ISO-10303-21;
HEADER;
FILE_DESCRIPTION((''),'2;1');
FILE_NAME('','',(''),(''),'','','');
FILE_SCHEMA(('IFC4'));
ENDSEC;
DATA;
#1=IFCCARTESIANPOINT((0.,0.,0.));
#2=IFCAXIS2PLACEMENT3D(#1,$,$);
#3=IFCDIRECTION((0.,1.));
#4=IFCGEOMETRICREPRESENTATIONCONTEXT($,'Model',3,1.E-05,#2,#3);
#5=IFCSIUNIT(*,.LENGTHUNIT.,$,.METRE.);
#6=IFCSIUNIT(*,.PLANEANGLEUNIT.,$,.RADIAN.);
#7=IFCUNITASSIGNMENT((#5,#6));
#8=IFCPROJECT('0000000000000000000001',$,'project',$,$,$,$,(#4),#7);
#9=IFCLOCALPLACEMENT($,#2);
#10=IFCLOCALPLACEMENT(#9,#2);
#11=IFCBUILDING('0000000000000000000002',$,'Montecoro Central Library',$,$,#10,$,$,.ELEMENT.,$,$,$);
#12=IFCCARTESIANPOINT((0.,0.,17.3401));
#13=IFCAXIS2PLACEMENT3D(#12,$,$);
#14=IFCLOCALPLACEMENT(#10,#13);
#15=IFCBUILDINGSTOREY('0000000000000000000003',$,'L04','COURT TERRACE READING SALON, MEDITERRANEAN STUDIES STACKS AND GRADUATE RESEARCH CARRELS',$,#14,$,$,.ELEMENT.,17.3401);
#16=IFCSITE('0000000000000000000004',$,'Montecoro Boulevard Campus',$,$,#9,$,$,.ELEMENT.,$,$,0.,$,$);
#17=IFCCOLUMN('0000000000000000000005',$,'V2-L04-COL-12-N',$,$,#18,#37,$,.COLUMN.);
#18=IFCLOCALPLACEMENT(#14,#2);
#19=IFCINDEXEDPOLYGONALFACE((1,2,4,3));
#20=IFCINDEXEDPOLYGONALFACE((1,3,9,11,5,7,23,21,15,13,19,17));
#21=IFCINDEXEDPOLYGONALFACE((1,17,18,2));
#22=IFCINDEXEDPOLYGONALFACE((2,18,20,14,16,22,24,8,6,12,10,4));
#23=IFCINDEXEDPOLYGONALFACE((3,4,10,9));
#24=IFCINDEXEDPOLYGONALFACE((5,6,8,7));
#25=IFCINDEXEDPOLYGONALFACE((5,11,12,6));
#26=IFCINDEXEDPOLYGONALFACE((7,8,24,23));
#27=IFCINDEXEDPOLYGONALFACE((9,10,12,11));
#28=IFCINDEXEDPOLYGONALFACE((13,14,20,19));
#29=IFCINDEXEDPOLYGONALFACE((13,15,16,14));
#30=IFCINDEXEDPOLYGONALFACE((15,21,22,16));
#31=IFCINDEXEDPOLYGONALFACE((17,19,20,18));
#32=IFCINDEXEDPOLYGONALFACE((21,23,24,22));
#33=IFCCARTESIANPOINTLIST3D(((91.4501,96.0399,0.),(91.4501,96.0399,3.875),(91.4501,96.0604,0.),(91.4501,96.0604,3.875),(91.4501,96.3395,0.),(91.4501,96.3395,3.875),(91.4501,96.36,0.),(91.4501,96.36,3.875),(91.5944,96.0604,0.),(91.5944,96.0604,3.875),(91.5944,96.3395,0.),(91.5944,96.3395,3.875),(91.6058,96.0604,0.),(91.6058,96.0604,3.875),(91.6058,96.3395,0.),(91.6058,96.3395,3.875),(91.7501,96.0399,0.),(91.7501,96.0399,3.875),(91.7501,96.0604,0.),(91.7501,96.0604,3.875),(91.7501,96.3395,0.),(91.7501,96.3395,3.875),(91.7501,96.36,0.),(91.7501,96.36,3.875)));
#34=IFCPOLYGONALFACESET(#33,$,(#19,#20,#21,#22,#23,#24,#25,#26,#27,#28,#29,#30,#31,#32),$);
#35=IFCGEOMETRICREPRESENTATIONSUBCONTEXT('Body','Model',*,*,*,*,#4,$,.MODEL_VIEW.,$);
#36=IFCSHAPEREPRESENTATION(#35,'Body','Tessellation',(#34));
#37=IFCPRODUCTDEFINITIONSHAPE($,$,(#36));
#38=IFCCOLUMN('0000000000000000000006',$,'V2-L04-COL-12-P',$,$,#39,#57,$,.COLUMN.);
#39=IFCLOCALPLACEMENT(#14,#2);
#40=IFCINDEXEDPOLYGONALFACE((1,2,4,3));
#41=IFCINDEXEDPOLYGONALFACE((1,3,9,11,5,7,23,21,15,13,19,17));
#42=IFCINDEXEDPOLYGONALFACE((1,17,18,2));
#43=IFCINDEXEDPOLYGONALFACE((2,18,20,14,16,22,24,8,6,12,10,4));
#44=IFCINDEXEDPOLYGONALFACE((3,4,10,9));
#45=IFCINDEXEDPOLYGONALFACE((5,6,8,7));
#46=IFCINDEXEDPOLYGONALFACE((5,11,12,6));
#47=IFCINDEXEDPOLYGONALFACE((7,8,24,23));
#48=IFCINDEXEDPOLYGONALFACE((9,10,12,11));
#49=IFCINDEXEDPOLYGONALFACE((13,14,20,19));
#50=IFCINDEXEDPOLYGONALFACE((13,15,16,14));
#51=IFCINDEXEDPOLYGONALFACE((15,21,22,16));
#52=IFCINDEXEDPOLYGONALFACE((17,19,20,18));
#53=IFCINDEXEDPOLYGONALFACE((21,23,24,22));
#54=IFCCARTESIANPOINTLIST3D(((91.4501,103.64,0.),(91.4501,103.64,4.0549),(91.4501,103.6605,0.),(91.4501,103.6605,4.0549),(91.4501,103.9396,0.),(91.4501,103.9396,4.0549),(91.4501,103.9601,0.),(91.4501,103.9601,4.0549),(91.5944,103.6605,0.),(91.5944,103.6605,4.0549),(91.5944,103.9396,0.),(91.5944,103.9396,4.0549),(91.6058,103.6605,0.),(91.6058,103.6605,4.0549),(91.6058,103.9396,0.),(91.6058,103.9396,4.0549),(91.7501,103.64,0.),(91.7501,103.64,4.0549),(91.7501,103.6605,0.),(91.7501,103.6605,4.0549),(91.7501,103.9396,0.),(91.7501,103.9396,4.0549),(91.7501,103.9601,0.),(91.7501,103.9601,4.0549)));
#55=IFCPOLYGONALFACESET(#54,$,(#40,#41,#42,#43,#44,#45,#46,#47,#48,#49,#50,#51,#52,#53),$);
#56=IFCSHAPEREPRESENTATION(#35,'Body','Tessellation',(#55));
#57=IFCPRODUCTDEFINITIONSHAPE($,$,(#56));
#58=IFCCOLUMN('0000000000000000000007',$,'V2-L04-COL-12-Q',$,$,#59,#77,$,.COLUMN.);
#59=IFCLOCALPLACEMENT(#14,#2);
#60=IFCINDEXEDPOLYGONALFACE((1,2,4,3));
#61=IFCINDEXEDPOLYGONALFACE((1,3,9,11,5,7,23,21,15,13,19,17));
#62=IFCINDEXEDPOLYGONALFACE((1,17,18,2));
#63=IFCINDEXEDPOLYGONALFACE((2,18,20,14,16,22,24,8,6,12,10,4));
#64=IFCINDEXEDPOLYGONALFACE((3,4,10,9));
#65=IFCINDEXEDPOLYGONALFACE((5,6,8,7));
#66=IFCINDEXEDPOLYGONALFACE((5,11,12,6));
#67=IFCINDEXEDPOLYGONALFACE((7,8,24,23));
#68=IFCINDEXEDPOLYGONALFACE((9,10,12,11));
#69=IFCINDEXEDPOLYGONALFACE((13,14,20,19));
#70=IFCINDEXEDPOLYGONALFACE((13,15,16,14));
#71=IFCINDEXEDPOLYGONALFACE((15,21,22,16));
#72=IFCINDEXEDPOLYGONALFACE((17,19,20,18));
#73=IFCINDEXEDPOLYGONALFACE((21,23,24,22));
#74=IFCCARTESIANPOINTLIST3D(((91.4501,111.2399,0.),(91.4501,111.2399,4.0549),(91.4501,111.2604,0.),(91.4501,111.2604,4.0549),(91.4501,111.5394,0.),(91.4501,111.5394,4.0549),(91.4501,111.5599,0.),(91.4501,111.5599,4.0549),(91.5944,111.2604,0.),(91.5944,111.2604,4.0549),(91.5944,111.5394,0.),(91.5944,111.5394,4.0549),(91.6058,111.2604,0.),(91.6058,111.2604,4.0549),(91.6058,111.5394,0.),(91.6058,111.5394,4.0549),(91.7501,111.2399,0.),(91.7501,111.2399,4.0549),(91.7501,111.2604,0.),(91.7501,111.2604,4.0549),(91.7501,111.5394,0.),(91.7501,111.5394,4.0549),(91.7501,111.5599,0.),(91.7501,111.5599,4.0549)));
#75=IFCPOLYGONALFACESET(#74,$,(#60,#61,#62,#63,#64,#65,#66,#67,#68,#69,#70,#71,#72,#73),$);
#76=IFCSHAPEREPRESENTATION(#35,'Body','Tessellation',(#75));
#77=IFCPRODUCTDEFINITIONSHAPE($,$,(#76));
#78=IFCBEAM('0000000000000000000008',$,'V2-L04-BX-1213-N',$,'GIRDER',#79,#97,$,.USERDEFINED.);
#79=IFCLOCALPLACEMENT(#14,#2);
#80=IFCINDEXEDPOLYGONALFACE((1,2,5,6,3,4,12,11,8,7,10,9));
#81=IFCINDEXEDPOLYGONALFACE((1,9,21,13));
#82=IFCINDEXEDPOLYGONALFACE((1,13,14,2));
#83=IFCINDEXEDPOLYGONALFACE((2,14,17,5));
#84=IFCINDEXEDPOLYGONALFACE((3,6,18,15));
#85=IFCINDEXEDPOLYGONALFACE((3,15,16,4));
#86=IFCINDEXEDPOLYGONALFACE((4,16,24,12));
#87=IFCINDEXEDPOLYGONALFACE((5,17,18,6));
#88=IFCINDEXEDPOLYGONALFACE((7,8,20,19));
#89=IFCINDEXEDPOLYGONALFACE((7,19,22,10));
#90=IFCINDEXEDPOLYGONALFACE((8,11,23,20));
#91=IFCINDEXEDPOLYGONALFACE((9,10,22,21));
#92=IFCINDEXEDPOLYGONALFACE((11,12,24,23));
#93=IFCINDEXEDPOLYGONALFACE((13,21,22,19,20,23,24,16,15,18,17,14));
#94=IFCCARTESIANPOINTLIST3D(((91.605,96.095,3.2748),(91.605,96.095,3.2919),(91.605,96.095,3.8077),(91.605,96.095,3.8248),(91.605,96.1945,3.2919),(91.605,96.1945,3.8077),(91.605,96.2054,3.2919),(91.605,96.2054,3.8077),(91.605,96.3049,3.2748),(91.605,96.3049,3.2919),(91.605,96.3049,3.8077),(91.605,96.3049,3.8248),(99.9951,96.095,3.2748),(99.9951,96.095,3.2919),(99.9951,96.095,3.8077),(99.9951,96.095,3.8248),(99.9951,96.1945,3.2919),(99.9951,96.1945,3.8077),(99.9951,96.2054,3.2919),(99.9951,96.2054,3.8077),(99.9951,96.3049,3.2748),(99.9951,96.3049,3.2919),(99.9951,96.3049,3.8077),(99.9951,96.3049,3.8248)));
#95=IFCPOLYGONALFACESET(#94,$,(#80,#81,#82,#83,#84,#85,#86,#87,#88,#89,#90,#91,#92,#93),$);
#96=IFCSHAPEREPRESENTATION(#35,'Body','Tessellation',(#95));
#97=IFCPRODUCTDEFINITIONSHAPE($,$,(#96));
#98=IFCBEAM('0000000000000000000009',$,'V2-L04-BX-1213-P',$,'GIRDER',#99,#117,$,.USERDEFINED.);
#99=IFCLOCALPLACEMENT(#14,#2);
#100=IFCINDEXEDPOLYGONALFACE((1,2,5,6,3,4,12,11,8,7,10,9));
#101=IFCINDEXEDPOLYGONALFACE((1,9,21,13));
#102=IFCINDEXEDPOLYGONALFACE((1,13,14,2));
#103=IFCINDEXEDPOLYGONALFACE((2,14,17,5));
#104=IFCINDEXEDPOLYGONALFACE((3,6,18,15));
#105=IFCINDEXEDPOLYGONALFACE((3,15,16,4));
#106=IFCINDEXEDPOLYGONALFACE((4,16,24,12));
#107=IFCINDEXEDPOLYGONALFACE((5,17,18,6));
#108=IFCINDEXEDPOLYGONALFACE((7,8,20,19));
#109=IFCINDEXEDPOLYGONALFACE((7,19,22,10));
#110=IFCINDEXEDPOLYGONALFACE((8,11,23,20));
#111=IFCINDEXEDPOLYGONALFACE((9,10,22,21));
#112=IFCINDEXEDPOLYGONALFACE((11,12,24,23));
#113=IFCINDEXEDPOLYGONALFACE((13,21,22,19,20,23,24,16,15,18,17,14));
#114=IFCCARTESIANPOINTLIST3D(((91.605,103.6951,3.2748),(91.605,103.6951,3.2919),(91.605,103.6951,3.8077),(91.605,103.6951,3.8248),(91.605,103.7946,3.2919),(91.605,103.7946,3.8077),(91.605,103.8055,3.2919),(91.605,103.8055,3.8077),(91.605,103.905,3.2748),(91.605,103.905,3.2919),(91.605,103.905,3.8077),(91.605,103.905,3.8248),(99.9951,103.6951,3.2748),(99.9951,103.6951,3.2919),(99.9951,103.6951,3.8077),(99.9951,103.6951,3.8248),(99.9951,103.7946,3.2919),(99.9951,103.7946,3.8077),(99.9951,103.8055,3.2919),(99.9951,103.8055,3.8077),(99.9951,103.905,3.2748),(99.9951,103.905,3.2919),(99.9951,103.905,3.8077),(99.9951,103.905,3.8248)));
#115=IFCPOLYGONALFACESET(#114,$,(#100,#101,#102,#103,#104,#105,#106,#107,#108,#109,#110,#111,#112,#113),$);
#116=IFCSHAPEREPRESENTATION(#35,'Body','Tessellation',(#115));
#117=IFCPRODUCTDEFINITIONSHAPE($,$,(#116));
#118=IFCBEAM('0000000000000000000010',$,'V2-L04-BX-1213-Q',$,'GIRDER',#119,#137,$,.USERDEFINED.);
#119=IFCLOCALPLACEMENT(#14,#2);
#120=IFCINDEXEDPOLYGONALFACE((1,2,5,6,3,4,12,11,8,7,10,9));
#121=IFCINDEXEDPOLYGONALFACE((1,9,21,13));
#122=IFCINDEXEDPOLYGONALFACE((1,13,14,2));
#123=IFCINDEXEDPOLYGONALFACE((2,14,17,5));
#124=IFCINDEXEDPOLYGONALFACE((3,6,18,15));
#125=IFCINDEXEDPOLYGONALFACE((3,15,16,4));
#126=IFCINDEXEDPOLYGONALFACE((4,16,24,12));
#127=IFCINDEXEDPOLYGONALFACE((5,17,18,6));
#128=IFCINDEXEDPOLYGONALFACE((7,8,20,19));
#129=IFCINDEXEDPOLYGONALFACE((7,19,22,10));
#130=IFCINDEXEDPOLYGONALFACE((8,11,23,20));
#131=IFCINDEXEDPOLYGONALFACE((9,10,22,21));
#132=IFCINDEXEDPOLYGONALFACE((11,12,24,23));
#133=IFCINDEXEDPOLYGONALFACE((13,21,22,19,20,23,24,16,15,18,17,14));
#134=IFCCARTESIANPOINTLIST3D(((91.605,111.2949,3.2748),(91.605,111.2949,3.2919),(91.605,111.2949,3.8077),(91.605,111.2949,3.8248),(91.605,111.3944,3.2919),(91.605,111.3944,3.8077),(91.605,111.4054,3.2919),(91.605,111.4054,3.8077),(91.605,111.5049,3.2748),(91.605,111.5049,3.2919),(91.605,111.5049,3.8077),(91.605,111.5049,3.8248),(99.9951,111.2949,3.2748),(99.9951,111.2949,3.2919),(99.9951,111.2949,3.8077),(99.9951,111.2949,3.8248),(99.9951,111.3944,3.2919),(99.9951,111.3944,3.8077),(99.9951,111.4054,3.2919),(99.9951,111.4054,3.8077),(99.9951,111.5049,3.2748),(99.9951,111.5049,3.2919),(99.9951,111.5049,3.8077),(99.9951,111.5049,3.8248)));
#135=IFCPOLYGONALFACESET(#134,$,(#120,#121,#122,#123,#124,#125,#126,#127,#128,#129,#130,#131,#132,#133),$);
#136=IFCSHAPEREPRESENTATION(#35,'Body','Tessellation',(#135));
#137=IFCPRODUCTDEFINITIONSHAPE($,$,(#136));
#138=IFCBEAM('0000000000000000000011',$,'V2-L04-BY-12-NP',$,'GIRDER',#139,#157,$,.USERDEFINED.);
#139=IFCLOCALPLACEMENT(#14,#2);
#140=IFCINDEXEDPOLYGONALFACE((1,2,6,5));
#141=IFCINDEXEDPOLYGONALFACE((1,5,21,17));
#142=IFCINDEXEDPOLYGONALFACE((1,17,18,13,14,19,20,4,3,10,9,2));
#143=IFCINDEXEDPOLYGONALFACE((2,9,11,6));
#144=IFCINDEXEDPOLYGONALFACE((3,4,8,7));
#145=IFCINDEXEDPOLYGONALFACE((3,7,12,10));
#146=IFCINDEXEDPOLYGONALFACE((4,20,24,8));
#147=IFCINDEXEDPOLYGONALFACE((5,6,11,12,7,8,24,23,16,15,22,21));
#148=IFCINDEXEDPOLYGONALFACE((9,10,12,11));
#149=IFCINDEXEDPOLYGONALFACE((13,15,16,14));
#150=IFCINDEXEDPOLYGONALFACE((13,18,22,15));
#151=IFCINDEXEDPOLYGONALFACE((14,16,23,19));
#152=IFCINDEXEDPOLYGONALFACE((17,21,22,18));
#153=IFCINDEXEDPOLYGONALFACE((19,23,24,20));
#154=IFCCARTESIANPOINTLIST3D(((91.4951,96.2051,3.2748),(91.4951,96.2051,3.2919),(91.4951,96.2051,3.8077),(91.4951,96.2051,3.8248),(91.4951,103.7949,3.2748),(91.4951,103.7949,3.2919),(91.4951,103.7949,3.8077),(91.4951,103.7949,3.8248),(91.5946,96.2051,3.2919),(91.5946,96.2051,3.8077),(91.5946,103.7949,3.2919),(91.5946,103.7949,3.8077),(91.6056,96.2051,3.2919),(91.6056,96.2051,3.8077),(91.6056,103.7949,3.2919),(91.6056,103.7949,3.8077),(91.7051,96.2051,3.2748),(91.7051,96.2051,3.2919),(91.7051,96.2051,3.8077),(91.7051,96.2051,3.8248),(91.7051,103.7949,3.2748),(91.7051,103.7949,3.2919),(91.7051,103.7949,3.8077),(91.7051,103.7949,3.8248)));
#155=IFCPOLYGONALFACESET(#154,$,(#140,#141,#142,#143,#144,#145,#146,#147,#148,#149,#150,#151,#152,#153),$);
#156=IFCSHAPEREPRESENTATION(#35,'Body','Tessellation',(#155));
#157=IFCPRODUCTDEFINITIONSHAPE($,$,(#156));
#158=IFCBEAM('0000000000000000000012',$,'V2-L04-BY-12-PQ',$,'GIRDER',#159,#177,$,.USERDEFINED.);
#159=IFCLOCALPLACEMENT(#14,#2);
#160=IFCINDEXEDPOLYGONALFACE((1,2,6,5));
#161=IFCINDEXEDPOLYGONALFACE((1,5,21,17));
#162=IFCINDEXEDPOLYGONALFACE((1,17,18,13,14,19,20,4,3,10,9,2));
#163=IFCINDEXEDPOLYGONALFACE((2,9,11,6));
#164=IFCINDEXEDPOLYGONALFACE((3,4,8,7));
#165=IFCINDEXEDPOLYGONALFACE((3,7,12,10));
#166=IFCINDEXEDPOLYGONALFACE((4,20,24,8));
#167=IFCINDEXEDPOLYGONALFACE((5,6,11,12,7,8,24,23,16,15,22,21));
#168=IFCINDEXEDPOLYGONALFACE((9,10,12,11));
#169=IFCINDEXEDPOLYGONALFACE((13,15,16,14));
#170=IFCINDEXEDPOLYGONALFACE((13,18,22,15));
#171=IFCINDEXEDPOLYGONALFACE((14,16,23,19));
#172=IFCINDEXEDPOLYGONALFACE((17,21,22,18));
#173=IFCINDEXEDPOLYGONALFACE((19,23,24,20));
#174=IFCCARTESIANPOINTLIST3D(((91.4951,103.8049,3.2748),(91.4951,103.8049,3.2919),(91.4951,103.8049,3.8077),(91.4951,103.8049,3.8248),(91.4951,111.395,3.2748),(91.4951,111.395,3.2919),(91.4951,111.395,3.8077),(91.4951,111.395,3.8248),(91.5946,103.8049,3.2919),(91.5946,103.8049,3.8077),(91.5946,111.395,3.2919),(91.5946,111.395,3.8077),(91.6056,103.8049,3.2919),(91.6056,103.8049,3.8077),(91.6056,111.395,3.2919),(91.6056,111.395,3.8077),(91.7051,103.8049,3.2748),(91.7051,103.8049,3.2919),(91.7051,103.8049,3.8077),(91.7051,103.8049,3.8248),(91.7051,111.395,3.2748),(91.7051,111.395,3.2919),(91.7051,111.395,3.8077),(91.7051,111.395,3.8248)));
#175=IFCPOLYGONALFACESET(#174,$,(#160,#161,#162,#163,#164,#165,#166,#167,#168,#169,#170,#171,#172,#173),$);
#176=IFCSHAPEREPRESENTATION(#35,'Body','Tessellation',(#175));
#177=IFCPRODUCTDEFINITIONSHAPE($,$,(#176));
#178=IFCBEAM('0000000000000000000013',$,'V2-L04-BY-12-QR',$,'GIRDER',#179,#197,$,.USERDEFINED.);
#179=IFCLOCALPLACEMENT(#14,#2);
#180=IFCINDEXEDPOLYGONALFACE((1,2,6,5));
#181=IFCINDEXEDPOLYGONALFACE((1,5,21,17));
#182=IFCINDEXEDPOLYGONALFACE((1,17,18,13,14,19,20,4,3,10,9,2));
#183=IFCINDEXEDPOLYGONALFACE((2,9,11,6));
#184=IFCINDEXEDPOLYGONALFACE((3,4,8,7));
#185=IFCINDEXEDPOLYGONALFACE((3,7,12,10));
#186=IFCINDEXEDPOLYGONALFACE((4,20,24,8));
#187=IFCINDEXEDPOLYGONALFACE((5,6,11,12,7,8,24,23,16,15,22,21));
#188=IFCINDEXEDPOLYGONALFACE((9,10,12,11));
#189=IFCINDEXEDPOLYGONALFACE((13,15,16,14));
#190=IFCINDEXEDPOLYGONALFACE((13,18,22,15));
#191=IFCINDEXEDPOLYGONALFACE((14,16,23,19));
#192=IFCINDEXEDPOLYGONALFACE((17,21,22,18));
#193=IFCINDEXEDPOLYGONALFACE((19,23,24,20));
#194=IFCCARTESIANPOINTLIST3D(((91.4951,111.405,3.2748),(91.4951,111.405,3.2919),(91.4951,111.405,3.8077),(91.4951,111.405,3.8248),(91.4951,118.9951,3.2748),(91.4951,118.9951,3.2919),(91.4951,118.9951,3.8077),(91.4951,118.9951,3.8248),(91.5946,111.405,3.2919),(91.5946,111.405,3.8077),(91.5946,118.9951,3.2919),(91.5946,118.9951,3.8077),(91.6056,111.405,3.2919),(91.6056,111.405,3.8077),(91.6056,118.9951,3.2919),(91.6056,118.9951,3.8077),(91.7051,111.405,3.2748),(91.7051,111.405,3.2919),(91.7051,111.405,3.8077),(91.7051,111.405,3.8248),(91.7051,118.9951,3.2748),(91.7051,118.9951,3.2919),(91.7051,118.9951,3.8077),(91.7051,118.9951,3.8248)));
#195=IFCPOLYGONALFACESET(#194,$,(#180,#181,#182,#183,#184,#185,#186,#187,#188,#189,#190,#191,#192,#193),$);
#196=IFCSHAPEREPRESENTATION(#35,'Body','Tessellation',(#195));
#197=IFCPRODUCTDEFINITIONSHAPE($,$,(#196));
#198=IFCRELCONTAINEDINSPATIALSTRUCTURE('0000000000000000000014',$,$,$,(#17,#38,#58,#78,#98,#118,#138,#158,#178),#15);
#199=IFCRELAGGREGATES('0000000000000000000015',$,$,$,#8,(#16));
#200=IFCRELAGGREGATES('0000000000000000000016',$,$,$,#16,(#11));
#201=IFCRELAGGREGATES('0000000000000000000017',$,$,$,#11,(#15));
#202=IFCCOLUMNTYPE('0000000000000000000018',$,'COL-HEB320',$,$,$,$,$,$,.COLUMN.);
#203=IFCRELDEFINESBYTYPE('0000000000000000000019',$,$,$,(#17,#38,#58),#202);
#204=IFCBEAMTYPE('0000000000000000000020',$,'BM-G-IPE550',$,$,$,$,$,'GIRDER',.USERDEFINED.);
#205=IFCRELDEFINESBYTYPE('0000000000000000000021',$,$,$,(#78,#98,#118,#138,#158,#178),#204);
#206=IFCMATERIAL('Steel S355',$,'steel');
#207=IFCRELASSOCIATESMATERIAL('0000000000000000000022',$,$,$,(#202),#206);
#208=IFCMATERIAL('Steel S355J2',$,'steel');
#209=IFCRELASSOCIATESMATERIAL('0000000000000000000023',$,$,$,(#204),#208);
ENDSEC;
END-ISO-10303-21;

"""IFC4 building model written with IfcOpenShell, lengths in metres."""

from ifc_helpers import new_model, si_unit, direction, frame, origin, origin_2d, place, context, subcontext, project, spatial, i_section, extrude, material, material_profile, profile_set, type_object, element, save


model = new_model("IFC4")

# Units and contexts
model_context = context("Model", 3, precision=1e-05, world=origin(), true_north=direction((0.0, 1.0)))
body_context = subcontext(model_context, "Body", "Model", "MODEL_VIEW")
ifc_project = project(units=[si_unit("LENGTHUNIT", "METRE"), si_unit("PLANEANGLEUNIT", "RADIAN")], contexts=[model_context])

# Site, building, storey
site_placement = place(None, origin())
site = spatial("IfcSite", under=ifc_project, at=site_placement, Name="Montecoro Boulevard Campus", CompositionType="ELEMENT", RefElevation=0.0)
building_placement = place(site_placement, origin())
building = spatial("IfcBuilding", under=site, at=building_placement, Name="Montecoro Central Library", CompositionType="ELEMENT")
storey_placement = place(building_placement, frame((0.0, 0.0, 17.3401)))
storey = spatial("IfcBuildingStorey", under=building, at=storey_placement, Name="L04", Description="COURT TERRACE READING SALON, MEDITERRANEAN STUDIES STACKS AND GRADUATE RESEARCH CARRELS", CompositionType="ELEMENT", Elevation=17.3401)

# Columns
ifc_material_1 = material(Name="Steel S355", Category="steel")
ifc_material_profile_1 = material_profile(ifc_material_1, i_section(OverallWidth=0.3, OverallDepth=0.3201, WebThickness=0.0115, FlangeThickness=0.0205, at=origin_2d()), Name="HEB 320")
ifc_profile_set_1 = profile_set([ifc_material_profile_1], Name="Steel S355")
column_type = type_object("IfcColumnType", Name="COL-HEB320", PredefinedType="COLUMN", material=ifc_profile_set_1)
column_placement = place(storey_placement, frame((91.6001, 96.2, 0.0), z_axis=(0.0, 0.0, 1.0), x_axis=(1.0, 0.0, 0.0)))
element("IfcColumn", 1, at=column_placement, inside=storey, type_object=column_type, Name="V2-L04-COL-12-N", PredefinedType="COLUMN", context=body_context, shape_type="SweptSolid", body=[
    extrude(i_section(OverallWidth=0.3, OverallDepth=0.3201, WebThickness=0.0115, FlangeThickness=0.0205, at=origin_2d()), origin(), (0.0, 0.0, 1.0), 3.875),
])
for number, where, z_axis, x_axis, name in (
    (2, (91.6001, 103.8, 0.0), (0.0, 0.0, 1.0), (1.0, 0.0, 0.0), "V2-L04-COL-12-P"),
    (3, (91.6001, 111.3999, 0.0), (0.0, 0.0, 1.0), (1.0, 0.0, 0.0), "V2-L04-COL-12-Q"),
):
    element("IfcColumn", number, at=place(storey_placement, frame(where, z_axis=z_axis, x_axis=x_axis)), inside=storey, type_object=column_type, Name=name, PredefinedType="COLUMN", context=body_context, shape_type="SweptSolid", body=[
        extrude(i_section(OverallWidth=0.3, OverallDepth=0.3201, WebThickness=0.0115, FlangeThickness=0.0205, at=origin_2d()), origin(), (0.0, 0.0, 1.0), 4.0549),
    ])

# Beams
ifc_material_2 = material(Name="Steel S355J2", Category="steel")
ifc_material_profile_2 = material_profile(ifc_material_2, i_section(OverallWidth=0.21, OverallDepth=0.55, WebThickness=0.011, FlangeThickness=0.0171, at=origin_2d()), Name="IPE 550")
ifc_profile_set_2 = profile_set([ifc_material_profile_2], Name="Steel S355J2")
beam_type_1 = type_object("IfcBeamType", Name="BM-G-IPE550", ElementType="GIRDER", PredefinedType="USERDEFINED", material=ifc_profile_set_2)
for number, where, z_axis, x_axis, name in (
    (4, (91.605, 96.2, 3.5498), (1.0, 0.0, 0.0), (0.0, 1.0, 0.0), "V2-L04-BX-1213-N"),
    (5, (91.605, 103.8, 3.5498), (1.0, 0.0, 0.0), (0.0, 1.0, 0.0), "V2-L04-BX-1213-P"),
    (6, (91.605, 111.3999, 3.5498), (1.0, 0.0, 0.0), (0.0, 1.0, 0.0), "V2-L04-BX-1213-Q"),
):
    element("IfcBeam", number, at=place(storey_placement, frame(where, z_axis=z_axis, x_axis=x_axis)), inside=storey, type_object=beam_type_1, Name=name, ObjectType="GIRDER", PredefinedType="USERDEFINED", context=body_context, shape_type="SweptSolid", body=[
        extrude(i_section(OverallWidth=0.21, OverallDepth=0.55, WebThickness=0.011, FlangeThickness=0.0171, at=origin_2d()), origin(), (0.0, 0.0, 1.0), 8.3901),
    ])
beam_placement = place(storey_placement, frame((91.6001, 96.2051, 3.5498), z_axis=(0.0, 1.0, 0.0), x_axis=(-1.0, 0.0, 0.0)))
element("IfcBeam", 7, at=beam_placement, inside=storey, type_object=beam_type_1, Name="V2-L04-BY-12-NP", ObjectType="GIRDER", PredefinedType="USERDEFINED", context=body_context, shape_type="SweptSolid", body=[
    extrude(i_section(OverallWidth=0.21, OverallDepth=0.55, WebThickness=0.011, FlangeThickness=0.0171, at=origin_2d()), origin(), (0.0, 0.0, 1.0), 7.5898),
])
for number, where, z_axis, x_axis, name in (
    (8, (91.6001, 103.8049, 3.5498), (0.0, 1.0, 0.0), (-1.0, 0.0, 0.0), "V2-L04-BY-12-PQ"),
    (9, (91.6001, 111.405, 3.5498), (0.0, 1.0, 0.0), (-1.0, 0.0, 0.0), "V2-L04-BY-12-QR"),
):
    element("IfcBeam", number, at=place(storey_placement, frame(where, z_axis=z_axis, x_axis=x_axis)), inside=storey, type_object=beam_type_1, Name=name, ObjectType="GIRDER", PredefinedType="USERDEFINED", context=body_context, shape_type="SweptSolid", body=[
        extrude(i_section(OverallWidth=0.21, OverallDepth=0.55, WebThickness=0.011, FlangeThickness=0.0171, at=origin_2d()), origin(), (0.0, 0.0, 1.0), 7.5901),
    ])

save(model, "model.ifc")
